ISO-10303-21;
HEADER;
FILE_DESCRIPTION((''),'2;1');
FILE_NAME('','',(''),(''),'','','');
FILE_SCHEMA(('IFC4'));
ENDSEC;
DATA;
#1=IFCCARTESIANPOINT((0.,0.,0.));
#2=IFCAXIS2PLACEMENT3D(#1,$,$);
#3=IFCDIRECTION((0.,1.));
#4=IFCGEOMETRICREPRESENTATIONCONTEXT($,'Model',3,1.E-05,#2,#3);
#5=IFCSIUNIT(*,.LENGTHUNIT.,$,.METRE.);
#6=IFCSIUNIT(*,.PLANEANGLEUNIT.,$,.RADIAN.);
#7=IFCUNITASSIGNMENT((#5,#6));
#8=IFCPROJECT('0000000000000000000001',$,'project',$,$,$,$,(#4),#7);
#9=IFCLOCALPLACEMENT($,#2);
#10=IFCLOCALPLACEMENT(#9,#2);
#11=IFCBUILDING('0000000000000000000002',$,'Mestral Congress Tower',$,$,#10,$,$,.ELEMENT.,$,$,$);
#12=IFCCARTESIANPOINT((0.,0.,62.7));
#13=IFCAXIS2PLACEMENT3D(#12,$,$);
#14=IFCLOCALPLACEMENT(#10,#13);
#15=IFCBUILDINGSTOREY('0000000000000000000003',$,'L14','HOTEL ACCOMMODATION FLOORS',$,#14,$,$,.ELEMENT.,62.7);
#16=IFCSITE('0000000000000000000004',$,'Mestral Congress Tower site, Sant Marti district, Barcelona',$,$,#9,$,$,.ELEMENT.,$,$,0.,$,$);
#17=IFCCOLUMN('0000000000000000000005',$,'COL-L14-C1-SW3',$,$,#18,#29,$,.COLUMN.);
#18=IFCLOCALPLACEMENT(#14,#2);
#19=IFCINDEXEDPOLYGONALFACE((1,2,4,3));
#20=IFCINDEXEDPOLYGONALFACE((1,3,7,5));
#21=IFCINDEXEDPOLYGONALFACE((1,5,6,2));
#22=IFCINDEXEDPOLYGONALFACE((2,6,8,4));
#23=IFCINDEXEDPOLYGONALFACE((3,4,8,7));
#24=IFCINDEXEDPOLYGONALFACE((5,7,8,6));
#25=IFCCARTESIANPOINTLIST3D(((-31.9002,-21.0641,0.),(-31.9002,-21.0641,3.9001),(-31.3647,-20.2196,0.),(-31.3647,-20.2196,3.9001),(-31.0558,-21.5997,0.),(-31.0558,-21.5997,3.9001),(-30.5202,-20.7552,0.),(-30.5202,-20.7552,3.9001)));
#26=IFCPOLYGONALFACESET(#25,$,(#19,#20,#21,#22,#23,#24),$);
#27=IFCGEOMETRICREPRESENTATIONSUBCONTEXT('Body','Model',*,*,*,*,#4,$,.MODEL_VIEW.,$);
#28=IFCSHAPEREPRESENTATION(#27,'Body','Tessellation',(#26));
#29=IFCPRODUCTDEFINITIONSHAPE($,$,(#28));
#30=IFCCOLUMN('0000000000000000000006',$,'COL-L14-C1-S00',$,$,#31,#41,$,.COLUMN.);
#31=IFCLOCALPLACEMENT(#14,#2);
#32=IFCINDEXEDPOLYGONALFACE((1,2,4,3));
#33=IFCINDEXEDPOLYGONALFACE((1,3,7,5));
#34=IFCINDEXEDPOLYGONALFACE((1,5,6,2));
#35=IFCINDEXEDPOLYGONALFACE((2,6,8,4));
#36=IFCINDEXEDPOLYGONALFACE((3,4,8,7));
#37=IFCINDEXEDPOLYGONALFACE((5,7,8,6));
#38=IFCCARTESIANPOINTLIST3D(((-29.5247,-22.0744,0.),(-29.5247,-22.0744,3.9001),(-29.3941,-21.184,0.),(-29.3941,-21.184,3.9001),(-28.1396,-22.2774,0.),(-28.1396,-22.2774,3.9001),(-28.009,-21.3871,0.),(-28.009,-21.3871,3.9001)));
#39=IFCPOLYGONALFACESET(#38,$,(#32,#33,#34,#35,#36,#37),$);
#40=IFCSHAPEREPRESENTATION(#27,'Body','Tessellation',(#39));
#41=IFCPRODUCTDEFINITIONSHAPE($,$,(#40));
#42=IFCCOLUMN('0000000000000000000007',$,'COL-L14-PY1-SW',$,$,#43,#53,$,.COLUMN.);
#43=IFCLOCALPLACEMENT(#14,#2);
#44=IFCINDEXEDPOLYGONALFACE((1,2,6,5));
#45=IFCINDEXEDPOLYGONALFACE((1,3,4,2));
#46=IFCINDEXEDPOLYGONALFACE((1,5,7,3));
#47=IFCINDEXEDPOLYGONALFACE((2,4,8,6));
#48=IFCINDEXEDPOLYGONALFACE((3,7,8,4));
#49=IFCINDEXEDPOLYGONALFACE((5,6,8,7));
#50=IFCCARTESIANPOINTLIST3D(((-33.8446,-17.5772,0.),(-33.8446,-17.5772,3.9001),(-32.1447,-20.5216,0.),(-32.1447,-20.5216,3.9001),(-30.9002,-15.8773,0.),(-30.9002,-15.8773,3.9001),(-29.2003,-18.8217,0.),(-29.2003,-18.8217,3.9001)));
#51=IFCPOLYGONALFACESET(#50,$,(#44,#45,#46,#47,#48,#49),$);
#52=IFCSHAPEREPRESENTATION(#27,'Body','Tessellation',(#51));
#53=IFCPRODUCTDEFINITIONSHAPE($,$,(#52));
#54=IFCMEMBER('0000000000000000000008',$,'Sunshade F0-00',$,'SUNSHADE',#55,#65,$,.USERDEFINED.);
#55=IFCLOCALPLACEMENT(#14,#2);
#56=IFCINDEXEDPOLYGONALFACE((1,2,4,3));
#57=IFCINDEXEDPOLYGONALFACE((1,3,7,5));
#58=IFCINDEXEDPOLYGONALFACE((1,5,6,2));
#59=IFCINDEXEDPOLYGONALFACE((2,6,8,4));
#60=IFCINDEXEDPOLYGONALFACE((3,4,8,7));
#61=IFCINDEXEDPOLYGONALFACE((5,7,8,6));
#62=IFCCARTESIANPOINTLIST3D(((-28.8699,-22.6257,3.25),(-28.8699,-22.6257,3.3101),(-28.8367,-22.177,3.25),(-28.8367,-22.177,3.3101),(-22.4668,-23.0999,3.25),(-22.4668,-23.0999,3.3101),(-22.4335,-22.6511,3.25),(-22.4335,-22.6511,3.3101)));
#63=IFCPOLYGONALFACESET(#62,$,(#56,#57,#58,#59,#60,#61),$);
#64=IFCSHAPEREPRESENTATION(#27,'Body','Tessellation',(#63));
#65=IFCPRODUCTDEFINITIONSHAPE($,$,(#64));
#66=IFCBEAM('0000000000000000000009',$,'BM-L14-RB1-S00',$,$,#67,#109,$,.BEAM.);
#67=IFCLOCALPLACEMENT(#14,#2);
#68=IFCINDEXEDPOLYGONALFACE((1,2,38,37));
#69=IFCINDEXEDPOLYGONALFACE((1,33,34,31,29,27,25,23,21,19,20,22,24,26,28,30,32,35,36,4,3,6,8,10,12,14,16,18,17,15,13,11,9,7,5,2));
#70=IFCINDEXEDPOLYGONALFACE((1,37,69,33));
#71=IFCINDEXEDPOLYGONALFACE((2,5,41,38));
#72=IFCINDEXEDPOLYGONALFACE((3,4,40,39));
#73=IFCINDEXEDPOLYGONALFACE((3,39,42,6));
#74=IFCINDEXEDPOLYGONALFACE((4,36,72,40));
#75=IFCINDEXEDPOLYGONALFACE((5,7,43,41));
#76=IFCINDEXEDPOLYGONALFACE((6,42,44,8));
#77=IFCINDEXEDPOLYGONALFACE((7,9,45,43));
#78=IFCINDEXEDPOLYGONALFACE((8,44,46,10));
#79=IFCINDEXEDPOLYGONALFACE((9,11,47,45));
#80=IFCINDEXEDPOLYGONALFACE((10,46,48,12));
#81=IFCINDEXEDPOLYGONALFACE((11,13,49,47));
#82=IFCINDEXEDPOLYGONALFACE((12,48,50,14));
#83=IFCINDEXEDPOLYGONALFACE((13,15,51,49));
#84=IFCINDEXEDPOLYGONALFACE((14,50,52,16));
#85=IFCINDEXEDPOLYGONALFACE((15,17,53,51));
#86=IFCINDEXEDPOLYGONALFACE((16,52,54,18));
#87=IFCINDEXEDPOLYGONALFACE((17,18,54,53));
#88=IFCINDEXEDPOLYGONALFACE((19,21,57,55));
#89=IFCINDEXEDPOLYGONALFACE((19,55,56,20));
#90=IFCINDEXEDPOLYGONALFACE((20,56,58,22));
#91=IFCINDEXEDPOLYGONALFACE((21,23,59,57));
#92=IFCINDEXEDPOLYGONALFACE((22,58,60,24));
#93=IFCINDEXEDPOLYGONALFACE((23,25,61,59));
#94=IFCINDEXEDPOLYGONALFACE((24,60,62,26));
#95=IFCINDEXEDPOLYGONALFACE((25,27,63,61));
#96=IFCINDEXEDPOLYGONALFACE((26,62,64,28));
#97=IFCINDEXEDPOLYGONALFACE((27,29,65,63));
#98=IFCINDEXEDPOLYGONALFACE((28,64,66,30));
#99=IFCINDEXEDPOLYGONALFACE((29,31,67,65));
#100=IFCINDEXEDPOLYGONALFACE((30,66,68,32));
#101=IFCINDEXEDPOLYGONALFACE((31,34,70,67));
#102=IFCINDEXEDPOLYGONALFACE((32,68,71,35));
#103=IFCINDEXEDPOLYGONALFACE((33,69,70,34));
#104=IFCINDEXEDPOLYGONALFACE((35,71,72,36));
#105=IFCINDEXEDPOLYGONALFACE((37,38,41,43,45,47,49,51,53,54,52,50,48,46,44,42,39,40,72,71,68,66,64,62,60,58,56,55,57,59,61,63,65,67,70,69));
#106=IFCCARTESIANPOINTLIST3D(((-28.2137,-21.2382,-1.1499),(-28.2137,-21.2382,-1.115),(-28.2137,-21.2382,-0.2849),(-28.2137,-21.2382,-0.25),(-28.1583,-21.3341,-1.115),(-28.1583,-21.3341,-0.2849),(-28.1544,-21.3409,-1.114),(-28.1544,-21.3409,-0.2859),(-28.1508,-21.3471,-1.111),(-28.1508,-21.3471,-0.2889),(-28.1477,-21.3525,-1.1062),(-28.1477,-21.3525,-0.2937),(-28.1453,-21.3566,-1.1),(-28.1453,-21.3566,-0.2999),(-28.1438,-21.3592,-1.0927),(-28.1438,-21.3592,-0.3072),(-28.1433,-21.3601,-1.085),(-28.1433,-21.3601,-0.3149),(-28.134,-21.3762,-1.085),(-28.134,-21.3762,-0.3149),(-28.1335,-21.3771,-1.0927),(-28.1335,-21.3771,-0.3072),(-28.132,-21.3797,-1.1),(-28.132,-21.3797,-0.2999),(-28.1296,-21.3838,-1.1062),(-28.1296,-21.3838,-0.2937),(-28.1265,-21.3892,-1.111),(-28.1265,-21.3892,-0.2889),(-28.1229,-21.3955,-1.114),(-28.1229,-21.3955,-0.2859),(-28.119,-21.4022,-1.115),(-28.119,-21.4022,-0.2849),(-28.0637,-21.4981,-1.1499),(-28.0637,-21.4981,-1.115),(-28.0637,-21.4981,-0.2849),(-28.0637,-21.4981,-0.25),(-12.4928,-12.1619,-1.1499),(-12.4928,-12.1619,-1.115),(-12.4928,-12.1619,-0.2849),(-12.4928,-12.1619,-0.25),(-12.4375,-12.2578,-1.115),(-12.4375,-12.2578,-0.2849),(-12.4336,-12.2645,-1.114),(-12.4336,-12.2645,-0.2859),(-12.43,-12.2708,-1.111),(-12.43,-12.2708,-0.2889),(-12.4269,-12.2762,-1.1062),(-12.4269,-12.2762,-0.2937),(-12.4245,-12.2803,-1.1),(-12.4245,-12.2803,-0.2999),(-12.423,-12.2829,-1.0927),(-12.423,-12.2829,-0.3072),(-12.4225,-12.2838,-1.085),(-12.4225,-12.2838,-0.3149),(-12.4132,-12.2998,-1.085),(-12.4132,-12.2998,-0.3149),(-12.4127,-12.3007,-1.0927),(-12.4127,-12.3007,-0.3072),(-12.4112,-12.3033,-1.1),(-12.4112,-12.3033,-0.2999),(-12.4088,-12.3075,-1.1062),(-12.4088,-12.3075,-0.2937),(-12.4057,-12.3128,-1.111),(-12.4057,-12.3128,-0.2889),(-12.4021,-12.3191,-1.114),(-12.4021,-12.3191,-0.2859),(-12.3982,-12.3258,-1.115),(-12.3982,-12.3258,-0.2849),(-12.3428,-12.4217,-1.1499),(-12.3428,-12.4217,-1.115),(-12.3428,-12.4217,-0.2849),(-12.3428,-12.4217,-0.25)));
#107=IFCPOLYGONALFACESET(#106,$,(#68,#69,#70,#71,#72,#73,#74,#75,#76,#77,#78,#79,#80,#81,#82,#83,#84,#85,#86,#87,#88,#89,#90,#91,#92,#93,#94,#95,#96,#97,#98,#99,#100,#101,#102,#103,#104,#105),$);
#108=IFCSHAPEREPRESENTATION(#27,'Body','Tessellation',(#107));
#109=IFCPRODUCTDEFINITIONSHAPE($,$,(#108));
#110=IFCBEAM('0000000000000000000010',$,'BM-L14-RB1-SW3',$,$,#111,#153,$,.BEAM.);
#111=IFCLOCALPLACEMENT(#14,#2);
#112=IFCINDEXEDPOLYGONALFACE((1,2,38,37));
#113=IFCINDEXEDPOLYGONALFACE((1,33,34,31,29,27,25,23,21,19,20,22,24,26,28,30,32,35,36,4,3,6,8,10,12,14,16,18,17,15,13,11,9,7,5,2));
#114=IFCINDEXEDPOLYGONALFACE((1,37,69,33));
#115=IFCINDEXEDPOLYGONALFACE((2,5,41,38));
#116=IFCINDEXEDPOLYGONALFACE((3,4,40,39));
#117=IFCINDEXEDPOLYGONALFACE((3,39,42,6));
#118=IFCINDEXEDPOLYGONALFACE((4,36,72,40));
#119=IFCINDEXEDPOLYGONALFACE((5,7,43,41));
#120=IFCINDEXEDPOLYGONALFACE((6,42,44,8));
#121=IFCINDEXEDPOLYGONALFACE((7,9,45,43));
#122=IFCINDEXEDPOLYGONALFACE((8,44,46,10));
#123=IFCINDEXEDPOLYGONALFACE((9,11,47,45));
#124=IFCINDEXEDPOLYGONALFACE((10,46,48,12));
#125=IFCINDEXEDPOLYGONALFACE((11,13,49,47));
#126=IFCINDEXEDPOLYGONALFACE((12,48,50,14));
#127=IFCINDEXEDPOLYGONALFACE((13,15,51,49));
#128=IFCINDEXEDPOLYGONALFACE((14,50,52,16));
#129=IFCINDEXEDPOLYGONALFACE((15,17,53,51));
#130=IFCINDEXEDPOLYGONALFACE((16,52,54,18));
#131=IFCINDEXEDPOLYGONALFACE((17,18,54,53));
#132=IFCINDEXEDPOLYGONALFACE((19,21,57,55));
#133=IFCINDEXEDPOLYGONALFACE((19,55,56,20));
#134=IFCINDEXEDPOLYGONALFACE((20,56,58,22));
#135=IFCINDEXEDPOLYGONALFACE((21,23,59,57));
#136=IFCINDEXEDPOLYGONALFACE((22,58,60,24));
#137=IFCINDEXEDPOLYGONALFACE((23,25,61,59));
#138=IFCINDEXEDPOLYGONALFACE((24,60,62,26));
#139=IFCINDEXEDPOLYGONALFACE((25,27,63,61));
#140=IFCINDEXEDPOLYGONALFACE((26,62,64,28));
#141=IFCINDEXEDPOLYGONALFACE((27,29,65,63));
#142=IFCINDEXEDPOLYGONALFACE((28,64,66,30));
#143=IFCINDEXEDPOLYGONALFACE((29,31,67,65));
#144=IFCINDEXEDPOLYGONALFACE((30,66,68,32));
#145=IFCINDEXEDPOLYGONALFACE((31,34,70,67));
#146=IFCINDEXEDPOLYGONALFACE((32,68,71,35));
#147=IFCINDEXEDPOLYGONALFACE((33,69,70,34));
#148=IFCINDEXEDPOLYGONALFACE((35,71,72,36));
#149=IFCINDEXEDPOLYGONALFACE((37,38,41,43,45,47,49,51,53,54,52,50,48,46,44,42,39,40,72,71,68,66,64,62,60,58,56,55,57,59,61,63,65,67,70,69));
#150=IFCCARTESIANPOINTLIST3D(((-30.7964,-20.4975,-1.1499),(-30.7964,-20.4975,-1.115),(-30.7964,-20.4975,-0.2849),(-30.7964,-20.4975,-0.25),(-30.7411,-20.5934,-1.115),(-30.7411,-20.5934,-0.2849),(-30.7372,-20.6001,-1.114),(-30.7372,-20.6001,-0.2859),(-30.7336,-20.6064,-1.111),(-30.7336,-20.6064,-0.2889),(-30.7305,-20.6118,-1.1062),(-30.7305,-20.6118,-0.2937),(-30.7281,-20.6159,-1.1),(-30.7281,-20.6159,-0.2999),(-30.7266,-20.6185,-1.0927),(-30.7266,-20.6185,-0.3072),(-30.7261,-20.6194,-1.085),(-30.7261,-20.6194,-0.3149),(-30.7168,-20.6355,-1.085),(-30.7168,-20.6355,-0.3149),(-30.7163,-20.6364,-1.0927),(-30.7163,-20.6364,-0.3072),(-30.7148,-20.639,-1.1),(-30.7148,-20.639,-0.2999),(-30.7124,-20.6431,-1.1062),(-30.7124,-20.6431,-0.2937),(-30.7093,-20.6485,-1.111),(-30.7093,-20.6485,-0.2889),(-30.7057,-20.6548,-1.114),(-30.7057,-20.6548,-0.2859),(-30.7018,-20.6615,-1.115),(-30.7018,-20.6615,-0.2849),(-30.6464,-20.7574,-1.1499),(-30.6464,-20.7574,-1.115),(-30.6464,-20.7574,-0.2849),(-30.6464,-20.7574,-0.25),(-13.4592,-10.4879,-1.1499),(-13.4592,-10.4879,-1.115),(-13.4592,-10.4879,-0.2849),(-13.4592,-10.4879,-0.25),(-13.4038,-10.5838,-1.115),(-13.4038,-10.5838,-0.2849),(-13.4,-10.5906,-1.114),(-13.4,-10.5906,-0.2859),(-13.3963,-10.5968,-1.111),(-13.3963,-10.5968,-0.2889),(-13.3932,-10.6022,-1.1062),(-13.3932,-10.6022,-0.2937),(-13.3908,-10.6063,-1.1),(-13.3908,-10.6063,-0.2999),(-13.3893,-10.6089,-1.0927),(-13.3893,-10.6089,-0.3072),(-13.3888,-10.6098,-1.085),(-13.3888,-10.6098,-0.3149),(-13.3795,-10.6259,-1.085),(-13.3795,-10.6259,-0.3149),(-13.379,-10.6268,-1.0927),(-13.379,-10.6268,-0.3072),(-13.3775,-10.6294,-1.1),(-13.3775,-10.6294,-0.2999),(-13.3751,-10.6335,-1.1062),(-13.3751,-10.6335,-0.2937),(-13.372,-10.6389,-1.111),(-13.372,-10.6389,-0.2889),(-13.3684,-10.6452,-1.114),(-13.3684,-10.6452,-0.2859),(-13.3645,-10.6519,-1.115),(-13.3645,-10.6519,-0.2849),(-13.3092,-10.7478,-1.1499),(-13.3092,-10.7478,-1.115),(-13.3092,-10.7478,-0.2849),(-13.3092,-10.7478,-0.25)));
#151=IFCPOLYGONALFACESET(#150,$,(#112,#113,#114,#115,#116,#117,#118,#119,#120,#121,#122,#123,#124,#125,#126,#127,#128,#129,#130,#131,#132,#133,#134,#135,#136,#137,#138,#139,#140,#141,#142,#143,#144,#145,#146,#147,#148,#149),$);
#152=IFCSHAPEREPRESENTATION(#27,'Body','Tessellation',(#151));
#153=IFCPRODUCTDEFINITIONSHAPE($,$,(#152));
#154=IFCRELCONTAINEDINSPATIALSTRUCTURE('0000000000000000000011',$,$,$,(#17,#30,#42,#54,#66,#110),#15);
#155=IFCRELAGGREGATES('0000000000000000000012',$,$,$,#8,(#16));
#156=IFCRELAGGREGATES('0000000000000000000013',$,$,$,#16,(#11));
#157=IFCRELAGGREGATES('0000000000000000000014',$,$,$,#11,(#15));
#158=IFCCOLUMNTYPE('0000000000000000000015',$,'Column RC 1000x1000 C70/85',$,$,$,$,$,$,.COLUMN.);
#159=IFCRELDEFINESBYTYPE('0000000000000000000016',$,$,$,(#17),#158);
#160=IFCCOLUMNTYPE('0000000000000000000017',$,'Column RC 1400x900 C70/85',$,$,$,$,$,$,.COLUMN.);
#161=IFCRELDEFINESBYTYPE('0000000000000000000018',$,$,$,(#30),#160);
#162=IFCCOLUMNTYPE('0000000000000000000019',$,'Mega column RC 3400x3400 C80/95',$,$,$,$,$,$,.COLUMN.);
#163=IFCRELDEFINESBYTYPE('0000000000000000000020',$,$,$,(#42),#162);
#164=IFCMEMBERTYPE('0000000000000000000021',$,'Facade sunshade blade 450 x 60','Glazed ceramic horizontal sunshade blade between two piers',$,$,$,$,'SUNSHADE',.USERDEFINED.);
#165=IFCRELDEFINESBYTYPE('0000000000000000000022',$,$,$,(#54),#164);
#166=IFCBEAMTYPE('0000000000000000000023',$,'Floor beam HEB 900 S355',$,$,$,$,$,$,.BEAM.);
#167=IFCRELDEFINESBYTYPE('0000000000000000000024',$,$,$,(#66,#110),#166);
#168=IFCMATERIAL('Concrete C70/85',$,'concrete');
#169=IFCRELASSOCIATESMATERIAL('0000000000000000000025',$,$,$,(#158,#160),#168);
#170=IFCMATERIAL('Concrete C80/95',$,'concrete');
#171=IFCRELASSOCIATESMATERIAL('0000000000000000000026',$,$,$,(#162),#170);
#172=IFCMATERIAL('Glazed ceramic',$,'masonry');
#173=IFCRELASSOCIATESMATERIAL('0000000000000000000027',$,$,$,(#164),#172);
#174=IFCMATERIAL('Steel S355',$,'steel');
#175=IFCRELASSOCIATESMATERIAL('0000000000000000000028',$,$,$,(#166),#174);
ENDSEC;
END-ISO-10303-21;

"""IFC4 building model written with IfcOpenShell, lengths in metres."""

from ifc_helpers import new_model, si_unit, direction, frame, origin, origin_2d, place, context, subcontext, project, spatial, rectangle, i_section, extrude, material, material_profile, profile_set, type_object, element, save


model = new_model("IFC4")

# Units and contexts
model_context = context("Model", 3, precision=1e-05, world=origin(), true_north=direction((0.0, 1.0)))
body_context = subcontext(model_context, "Body", "Model", "MODEL_VIEW")
ifc_project = project(units=[si_unit("LENGTHUNIT", "METRE"), si_unit("PLANEANGLEUNIT", "RADIAN")], contexts=[model_context])

# Site, building, storey
site_placement = place(None, origin())
site = spatial("IfcSite", under=ifc_project, at=site_placement, Name="Mestral Congress Tower site, Sant Marti district, Barcelona", CompositionType="ELEMENT", RefElevation=0.0)
building_placement = place(site_placement, origin())
building = spatial("IfcBuilding", under=site, at=building_placement, Name="Mestral Congress Tower", CompositionType="ELEMENT")
storey_placement = place(building_placement, frame((0.0, 0.0, 62.7)))
storey = spatial("IfcBuildingStorey", under=building, at=storey_placement, Name="L14", Description="HOTEL ACCOMMODATION FLOORS", CompositionType="ELEMENT", Elevation=62.7)

# Columns
ifc_material_1 = material(Name="Concrete C70/85", Category="concrete")
ifc_material_profile_1 = material_profile(ifc_material_1, rectangle(XDim=1.0, YDim=1.0, at=origin_2d()), Name="RC 1000x1000")
ifc_profile_set_1 = profile_set([ifc_material_profile_1], Name="Concrete C70/85")
column_type_1 = type_object("IfcColumnType", Name="Column RC 1000x1000 C70/85", PredefinedType="COLUMN", material=ifc_profile_set_1)
column_1_placement = place(storey_placement, frame((-31.2102, -20.9097, 0.0), z_axis=(0.0, 0.0, 1.0), x_axis=(0.844485, -0.535579, 0.0)))
element("IfcColumn", 1, at=column_1_placement, inside=storey, type_object=column_type_1, Name="COL-L14-C1-SW3", PredefinedType="COLUMN", context=body_context, shape_type="SweptSolid", body=[
    extrude(rectangle(XDim=1.0, YDim=1.0, at=origin_2d()), origin(), (0.0, 0.0, 1.0), 3.9001),
])
ifc_material_profile_2 = material_profile(ifc_material_1, rectangle(XDim=1.3999, YDim=0.8999, at=origin_2d()), Name="RC 1400x900")
ifc_profile_set_2 = profile_set([ifc_material_profile_2], Name="Concrete C70/85")
column_type_2 = type_object("IfcColumnType", Name="Column RC 1400x900 C70/85", PredefinedType="COLUMN", material=ifc_profile_set_2)
column_2_placement = place(storey_placement, frame((-28.7668, -21.7307, 0.0), z_axis=(0.0, 0.0, 1.0), x_axis=(0.989424, -0.145056, 0.0)))
element("IfcColumn", 2, at=column_2_placement, inside=storey, type_object=column_type_2, Name="COL-L14-C1-S00", PredefinedType="COLUMN", context=body_context, shape_type="SweptSolid", body=[
    extrude(rectangle(XDim=1.3999, YDim=0.8999, at=origin_2d()), origin(), (0.0, 0.0, 1.0), 3.9001),
])
ifc_material_2 = material(Name="Concrete C80/95", Category="concrete")
ifc_material_profile_3 = material_profile(ifc_material_2, rectangle(XDim=3.3999, YDim=3.3999, at=origin_2d()), Name="RC 3400x3400")
ifc_profile_set_3 = profile_set([ifc_material_profile_3], Name="Concrete C80/95")
column_type_3 = type_object("IfcColumnType", Name="Mega column RC 3400x3400 C80/95", PredefinedType="COLUMN", material=ifc_profile_set_3)
column_3_placement = place(storey_placement, frame((-31.5225, -18.1995, 0.0), z_axis=(0.0, 0.0, 1.0), x_axis=(-0.866025, -0.5, 0.0)))
element("IfcColumn", 3, at=column_3_placement, inside=storey, type_object=column_type_3, Name="COL-L14-PY1-SW", PredefinedType="COLUMN", context=body_context, shape_type="SweptSolid", body=[
    extrude(rectangle(XDim=3.3999, YDim=3.3999, at=origin_2d()), origin(), (0.0, 0.0, 1.0), 3.9001),
])

# Member
ifc_material_3 = material(Name="Glazed ceramic", Category="masonry")
ifc_material_profile_4 = material_profile(ifc_material_3, rectangle(XDim=0.45, YDim=0.0601, at=origin_2d()), Name="Ceramic blade 450 x 60")
ifc_profile_set_4 = profile_set([ifc_material_profile_4], Name="Glazed ceramic")
member_type = type_object("IfcMemberType", Name="Facade sunshade blade 450 x 60", Description="Glazed ceramic horizontal sunshade blade between two piers", ElementType="SUNSHADE", PredefinedType="USERDEFINED", material=ifc_profile_set_4)
member_placement = place(storey_placement, frame((-28.8533, -22.4014, 3.28), z_axis=(0.99727, -0.073844, 0.0), x_axis=(0.073844, 0.99727, 0.0)))
element("IfcMember", 4, at=member_placement, inside=storey, type_object=member_type, Name="Sunshade F0-00", ObjectType="SUNSHADE", PredefinedType="USERDEFINED", context=body_context, shape_type="SweptSolid", body=[
    extrude(rectangle(XDim=0.45, YDim=0.0601, at=origin_2d()), origin(), (0.0, 0.0, 1.0), 6.4207),
])

# Beams
ifc_material_4 = material(Name="Steel S355", Category="steel")
ifc_material_profile_5 = material_profile(ifc_material_4, i_section(OverallWidth=0.3, OverallDepth=0.8999, WebThickness=0.0186, FlangeThickness=0.0349, FilletRadius=0.03, at=origin_2d()), Name="HEB 900")
ifc_profile_set_5 = profile_set([ifc_material_profile_5], Name="Steel S355")
beam_type_1 = type_object("IfcBeamType", Name="Floor beam HEB 900 S355", PredefinedType="BEAM", material=ifc_profile_set_5)
beam_1_placement = place(storey_placement, frame((-28.1387, -21.3682, -0.7), z_axis=(0.866027, 0.499997, 0.0), x_axis=(-0.499997, 0.866027, 0.0)))
element("IfcBeam", 5, at=beam_1_placement, inside=storey, type_object=beam_type_1, Name="BM-L14-RB1-S00", PredefinedType="BEAM", context=body_context, shape_type="SweptSolid", body=[
    extrude(i_section(OverallWidth=0.3, OverallDepth=0.8999, WebThickness=0.0186, FlangeThickness=0.0349, FilletRadius=0.03, at=origin_2d()), origin(), (0.0, 0.0, 1.0), 18.1528),
])
beam_2_placement = place(storey_placement, frame((-30.7214, -20.6274, -0.7), z_axis=(0.866027, 0.499997, 0.0), x_axis=(-0.499997, 0.866027, 0.0)))
element("IfcBeam", 6, at=beam_2_placement, inside=storey, type_object=beam_type_1, Name="BM-L14-RB1-SW3", PredefinedType="BEAM", context=body_context, shape_type="SweptSolid", body=[
    extrude(i_section(OverallWidth=0.3, OverallDepth=0.8999, WebThickness=0.0186, FlangeThickness=0.0349, FilletRadius=0.03, at=origin_2d()), origin(), (0.0, 0.0, 1.0), 20.0193),
])

save(model, "model.ifc")
